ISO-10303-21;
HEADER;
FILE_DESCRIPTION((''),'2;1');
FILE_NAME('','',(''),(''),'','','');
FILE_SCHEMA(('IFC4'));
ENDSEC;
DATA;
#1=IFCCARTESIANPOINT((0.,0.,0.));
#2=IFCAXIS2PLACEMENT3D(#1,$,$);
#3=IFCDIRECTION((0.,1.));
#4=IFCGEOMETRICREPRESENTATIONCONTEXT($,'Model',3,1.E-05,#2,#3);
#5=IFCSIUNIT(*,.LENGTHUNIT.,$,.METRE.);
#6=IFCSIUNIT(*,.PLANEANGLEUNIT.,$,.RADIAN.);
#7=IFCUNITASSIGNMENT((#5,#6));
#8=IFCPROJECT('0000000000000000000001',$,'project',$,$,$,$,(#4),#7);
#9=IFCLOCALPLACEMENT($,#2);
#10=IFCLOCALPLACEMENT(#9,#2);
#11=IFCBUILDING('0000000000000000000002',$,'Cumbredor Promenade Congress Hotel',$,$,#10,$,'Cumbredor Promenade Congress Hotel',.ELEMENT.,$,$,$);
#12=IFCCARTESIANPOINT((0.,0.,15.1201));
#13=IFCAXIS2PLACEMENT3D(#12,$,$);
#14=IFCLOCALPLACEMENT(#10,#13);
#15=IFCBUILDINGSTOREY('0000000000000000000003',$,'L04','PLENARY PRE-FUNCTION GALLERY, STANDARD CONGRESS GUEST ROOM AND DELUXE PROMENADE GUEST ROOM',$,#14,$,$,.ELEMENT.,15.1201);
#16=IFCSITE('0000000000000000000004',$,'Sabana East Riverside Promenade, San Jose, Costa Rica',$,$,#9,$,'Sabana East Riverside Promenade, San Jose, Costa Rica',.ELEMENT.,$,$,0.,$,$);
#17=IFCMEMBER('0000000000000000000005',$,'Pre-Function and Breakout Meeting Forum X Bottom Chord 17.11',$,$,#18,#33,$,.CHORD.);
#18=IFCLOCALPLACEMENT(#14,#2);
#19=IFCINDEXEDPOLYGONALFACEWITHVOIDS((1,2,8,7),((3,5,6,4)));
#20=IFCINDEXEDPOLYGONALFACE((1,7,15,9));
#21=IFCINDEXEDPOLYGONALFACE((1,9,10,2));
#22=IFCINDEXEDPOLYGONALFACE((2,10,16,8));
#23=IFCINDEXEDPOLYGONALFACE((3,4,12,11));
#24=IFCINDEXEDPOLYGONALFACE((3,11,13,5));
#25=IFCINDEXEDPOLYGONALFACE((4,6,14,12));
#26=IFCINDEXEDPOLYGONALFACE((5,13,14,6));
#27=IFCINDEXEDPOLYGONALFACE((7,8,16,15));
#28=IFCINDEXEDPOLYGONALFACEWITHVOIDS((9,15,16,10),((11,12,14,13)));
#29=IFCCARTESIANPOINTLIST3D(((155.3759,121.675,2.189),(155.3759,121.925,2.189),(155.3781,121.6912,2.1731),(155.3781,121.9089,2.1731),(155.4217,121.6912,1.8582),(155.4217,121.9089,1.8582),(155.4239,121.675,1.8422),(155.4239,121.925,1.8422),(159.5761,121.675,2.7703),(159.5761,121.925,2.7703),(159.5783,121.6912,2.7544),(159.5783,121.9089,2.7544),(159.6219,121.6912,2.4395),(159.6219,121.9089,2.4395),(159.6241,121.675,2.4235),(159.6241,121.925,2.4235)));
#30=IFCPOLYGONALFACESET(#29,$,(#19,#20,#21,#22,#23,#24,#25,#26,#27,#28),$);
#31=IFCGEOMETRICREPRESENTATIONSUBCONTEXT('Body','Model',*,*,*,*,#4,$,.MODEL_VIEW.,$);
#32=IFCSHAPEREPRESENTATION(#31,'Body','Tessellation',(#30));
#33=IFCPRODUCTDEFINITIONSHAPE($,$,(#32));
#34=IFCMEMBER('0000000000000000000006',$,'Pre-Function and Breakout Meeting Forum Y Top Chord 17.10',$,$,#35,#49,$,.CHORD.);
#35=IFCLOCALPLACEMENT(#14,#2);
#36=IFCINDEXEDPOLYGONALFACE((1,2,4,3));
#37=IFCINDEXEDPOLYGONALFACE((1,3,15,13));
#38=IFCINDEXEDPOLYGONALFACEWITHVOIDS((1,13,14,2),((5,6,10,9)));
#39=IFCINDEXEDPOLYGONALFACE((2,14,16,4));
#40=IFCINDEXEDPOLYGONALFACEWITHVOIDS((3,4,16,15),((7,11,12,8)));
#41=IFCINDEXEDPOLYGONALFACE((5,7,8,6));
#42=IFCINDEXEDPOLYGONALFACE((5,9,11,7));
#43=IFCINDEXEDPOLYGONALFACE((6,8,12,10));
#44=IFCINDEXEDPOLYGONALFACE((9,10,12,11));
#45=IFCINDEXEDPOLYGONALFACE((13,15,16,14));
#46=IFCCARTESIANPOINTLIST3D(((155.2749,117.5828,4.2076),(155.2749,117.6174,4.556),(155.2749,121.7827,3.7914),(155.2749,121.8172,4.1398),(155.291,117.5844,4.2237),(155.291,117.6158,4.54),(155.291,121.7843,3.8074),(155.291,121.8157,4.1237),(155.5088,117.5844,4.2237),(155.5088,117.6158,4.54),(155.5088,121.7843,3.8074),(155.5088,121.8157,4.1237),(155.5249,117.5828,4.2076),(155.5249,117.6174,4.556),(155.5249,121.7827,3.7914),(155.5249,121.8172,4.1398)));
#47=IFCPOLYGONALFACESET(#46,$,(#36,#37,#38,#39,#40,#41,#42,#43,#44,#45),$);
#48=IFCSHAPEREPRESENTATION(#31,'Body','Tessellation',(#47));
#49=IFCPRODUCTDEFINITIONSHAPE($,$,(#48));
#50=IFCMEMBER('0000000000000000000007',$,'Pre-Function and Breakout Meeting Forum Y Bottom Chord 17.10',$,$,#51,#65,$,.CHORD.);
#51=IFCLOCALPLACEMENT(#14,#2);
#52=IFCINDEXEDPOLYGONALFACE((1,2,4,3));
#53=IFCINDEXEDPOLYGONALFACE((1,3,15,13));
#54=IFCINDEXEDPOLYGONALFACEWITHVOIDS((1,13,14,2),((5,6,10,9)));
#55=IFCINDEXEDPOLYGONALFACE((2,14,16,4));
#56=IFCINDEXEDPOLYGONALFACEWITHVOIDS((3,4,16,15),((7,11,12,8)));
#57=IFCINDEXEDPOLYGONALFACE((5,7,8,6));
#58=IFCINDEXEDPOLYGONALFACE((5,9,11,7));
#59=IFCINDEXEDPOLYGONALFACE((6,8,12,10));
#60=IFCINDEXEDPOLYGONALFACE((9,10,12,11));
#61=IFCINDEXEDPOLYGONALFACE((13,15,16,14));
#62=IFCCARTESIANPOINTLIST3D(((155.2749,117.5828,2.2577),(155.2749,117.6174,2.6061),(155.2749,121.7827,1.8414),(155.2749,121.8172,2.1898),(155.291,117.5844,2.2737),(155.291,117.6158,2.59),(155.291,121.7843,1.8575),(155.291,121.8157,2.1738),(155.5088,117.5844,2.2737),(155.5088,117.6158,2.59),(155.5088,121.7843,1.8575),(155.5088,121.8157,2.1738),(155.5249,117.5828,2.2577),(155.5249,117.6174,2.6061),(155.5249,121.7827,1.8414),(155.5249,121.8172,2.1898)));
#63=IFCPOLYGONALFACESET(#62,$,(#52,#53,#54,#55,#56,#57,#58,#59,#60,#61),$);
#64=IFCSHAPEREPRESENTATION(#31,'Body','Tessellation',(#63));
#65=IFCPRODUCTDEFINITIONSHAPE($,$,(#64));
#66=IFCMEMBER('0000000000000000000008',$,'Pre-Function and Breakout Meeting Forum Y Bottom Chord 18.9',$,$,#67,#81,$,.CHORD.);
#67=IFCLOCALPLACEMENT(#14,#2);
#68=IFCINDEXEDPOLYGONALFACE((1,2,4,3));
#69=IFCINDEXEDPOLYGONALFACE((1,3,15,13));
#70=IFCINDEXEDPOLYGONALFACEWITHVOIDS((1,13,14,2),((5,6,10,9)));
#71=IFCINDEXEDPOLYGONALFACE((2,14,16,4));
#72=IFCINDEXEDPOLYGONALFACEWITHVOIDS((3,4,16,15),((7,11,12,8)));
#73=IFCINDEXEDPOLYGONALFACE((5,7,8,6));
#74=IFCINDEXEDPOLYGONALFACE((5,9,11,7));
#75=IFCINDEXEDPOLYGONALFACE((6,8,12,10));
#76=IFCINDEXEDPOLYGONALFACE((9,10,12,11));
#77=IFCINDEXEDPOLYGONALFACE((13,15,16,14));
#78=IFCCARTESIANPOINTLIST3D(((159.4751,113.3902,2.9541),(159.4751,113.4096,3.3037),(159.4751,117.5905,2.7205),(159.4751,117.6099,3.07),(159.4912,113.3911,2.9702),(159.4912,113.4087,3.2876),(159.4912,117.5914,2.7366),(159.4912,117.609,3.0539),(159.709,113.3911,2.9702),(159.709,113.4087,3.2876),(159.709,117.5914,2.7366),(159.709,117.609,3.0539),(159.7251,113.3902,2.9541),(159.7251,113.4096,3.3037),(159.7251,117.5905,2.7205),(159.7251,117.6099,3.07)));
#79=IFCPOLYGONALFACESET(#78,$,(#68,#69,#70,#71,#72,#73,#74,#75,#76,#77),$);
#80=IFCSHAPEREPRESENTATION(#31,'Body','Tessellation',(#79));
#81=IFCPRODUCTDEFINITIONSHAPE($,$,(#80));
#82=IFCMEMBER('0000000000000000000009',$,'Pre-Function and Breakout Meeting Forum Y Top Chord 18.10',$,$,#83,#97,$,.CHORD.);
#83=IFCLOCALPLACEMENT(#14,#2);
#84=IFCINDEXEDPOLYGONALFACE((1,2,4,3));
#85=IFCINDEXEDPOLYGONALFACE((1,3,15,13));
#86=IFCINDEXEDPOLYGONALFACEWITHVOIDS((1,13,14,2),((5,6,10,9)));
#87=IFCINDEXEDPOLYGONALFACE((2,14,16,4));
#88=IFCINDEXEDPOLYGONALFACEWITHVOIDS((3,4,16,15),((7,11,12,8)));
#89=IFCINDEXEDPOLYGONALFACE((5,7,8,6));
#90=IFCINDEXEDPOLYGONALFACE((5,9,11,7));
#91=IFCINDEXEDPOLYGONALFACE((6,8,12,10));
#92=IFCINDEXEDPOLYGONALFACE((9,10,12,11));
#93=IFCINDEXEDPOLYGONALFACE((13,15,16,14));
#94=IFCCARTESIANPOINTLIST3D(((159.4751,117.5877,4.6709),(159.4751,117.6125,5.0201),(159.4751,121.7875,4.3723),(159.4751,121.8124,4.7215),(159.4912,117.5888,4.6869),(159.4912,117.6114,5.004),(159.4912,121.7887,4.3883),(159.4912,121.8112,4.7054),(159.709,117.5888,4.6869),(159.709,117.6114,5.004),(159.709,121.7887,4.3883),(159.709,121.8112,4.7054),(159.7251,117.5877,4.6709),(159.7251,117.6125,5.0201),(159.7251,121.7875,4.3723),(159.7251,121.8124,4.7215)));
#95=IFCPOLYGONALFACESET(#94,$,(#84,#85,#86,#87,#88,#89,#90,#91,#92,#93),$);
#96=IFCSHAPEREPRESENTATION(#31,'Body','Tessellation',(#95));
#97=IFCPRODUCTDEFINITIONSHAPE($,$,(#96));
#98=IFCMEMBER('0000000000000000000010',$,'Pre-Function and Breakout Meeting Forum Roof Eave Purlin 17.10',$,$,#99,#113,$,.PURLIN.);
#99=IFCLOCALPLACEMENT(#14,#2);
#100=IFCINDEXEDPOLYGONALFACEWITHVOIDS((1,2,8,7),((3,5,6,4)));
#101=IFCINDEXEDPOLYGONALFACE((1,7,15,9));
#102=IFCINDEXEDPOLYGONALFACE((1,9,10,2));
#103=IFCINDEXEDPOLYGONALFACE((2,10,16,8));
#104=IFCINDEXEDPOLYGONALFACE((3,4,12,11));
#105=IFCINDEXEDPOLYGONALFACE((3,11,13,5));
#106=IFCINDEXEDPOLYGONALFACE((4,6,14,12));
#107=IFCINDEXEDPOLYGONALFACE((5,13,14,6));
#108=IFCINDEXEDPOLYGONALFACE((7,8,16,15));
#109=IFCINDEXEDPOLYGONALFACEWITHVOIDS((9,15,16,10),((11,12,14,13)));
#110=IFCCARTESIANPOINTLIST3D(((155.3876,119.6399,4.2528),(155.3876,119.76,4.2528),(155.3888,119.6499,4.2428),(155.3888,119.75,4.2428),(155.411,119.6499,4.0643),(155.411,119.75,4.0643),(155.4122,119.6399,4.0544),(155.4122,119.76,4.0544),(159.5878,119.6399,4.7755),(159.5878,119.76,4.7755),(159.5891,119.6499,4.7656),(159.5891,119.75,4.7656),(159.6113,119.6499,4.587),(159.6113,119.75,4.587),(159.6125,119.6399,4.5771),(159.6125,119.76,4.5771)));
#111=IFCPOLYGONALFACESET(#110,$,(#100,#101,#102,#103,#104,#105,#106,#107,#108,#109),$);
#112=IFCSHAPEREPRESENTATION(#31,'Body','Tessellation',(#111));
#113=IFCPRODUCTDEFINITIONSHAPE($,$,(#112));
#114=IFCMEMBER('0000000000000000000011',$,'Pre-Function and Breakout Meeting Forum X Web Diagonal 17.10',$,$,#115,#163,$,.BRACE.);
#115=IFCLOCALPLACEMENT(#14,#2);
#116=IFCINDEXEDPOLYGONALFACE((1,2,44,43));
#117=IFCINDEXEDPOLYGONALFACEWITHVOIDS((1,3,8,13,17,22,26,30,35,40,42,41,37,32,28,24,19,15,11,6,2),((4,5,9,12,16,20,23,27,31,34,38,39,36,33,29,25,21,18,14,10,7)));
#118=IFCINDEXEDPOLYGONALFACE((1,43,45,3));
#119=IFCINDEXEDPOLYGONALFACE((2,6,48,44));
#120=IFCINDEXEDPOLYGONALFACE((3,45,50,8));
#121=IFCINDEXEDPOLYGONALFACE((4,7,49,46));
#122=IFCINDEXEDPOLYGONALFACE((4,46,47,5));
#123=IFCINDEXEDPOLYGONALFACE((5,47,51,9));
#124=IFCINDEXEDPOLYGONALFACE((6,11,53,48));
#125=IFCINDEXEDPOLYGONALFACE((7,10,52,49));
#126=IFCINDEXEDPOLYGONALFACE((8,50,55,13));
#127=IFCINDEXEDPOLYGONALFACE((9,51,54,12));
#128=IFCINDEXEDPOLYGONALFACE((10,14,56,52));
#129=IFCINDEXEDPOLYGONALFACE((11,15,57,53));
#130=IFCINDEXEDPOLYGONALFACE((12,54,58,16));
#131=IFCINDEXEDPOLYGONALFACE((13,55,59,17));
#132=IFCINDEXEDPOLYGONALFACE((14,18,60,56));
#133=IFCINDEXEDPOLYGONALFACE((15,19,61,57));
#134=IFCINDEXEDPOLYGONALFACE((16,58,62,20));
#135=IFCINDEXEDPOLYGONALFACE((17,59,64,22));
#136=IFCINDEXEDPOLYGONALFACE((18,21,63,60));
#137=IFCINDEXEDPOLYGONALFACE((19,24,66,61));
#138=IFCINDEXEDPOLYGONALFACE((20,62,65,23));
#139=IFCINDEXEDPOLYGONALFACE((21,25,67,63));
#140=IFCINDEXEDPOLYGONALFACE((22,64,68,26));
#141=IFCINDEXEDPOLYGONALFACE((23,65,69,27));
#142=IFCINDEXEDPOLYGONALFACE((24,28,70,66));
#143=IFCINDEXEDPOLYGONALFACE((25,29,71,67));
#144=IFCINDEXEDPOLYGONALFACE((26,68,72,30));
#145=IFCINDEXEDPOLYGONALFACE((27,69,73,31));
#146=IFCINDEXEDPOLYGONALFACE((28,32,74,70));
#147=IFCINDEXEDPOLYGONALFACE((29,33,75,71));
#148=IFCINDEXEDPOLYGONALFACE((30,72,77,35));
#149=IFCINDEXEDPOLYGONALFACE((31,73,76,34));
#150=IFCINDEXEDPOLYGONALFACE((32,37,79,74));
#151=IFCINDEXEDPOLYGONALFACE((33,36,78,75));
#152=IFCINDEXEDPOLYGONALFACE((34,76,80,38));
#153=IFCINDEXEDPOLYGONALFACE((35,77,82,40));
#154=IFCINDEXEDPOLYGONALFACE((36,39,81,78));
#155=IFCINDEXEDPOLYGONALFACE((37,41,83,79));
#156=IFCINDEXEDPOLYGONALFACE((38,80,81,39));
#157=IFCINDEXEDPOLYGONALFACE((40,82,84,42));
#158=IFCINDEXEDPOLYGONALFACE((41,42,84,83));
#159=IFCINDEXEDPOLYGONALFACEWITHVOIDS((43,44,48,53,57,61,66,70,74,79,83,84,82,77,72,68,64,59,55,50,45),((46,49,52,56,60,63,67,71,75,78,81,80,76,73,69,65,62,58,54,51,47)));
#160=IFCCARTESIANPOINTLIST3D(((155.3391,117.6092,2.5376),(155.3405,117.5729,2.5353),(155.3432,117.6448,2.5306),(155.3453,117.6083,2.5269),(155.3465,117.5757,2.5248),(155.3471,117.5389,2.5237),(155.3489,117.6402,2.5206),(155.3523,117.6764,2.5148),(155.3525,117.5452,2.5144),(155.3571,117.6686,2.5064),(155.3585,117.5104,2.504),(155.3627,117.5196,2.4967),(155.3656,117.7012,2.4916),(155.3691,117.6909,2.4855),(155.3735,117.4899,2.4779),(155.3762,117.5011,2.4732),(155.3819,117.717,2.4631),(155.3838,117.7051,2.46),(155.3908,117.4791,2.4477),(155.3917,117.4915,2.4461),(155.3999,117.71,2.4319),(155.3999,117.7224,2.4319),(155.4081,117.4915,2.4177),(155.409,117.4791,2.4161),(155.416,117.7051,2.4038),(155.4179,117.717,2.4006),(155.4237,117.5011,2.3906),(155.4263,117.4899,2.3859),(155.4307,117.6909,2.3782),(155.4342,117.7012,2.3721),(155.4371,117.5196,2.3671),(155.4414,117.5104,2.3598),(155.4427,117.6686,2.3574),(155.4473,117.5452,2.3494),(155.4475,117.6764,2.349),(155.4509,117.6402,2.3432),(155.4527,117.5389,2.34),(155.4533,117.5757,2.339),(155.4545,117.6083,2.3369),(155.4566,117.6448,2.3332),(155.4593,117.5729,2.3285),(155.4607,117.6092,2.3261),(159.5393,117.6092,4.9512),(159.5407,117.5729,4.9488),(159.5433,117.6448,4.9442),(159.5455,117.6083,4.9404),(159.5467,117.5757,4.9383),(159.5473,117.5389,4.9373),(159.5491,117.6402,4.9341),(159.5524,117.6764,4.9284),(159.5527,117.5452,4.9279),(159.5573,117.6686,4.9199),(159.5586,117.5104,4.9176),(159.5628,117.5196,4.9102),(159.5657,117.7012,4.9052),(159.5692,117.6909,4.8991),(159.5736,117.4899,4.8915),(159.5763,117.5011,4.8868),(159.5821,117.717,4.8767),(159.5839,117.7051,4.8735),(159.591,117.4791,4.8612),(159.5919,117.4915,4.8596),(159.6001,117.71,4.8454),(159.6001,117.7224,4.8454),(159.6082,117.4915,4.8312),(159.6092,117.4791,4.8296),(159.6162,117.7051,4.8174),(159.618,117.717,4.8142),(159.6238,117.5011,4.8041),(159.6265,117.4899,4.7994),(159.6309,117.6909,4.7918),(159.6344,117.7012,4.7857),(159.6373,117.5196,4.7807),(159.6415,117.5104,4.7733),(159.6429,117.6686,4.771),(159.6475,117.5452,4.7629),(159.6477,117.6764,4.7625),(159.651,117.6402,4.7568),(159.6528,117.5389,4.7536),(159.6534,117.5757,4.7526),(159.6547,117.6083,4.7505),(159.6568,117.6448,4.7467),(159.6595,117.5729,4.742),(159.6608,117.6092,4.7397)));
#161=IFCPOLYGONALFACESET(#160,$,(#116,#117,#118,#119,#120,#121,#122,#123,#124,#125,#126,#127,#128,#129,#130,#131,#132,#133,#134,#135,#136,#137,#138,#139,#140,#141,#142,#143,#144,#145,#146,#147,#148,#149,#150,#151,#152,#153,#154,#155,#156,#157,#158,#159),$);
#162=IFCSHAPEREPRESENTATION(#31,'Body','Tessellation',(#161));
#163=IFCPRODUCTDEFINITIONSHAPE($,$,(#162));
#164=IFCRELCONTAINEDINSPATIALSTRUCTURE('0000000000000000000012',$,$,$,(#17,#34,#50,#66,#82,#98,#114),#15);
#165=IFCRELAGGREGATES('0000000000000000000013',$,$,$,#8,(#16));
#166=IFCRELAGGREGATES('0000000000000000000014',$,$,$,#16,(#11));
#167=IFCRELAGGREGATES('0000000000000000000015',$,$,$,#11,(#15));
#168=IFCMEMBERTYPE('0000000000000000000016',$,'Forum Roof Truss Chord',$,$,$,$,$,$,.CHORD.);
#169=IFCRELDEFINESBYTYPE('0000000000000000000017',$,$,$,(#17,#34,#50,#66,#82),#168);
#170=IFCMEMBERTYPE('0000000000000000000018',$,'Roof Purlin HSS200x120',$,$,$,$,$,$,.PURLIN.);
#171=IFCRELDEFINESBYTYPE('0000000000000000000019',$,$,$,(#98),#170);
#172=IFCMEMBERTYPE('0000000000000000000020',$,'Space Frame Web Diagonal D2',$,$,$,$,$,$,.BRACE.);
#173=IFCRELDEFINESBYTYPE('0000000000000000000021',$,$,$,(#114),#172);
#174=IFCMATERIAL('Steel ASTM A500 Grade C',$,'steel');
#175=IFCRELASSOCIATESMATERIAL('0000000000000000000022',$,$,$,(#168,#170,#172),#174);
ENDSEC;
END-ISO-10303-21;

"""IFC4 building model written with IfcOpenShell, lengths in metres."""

from ifc_helpers import new_model, si_unit, direction, frame, origin, origin_2d, place, context, subcontext, project, spatial, hollow_rectangle, hollow_circle, extrude, material, material_profile, profile_set, type_object, element, save


model = new_model("IFC4")

# Units and contexts
model_context = context("Model", 3, precision=1e-05, world=origin(), true_north=direction((0.0, 1.0)))
body_context = subcontext(model_context, "Body", "Model", "MODEL_VIEW")
ifc_project = project(units=[si_unit("LENGTHUNIT", "METRE"), si_unit("PLANEANGLEUNIT", "RADIAN")], contexts=[model_context])

# Site, building, storey
site_placement = place(None, origin())
site = spatial("IfcSite", under=ifc_project, at=site_placement, Name="Sabana East Riverside Promenade, San Jose, Costa Rica", LongName="Sabana East Riverside Promenade, San Jose, Costa Rica", CompositionType="ELEMENT", RefElevation=0.0)
building_placement = place(site_placement, origin())
building = spatial("IfcBuilding", under=site, at=building_placement, Name="Cumbredor Promenade Congress Hotel", LongName="Cumbredor Promenade Congress Hotel", CompositionType="ELEMENT")
storey_placement = place(building_placement, frame((0.0, 0.0, 15.1201)))
storey = spatial("IfcBuildingStorey", under=building, at=storey_placement, Name="L04", Description="PLENARY PRE-FUNCTION GALLERY, STANDARD CONGRESS GUEST ROOM AND DELUXE PROMENADE GUEST ROOM", CompositionType="ELEMENT", Elevation=15.1201)

# Members
ifc_material_1 = material(Name="Steel ASTM A500 Grade C", Category="steel")
ifc_material_profile_1 = material_profile(ifc_material_1, hollow_rectangle(XDim=0.25, YDim=0.3501, WallThickness=0.0161, at=origin_2d()), Name="HSS 350x250x16")
ifc_profile_set_1 = profile_set([ifc_material_profile_1], Name="Steel ASTM A500 Grade C")
member_type_1 = type_object("IfcMemberType", Name="Forum Roof Truss Chord", PredefinedType="CHORD", material=ifc_profile_set_1)
for number, where, z_axis, x_axis, name in (
    (1, (155.3999, 121.8, 2.0156), (0.990558, 0.0, 0.137091), (0.0, 1.0, 0.0), "Pre-Function and Breakout Meeting Forum X Bottom Chord 17.11"),
):
    element("IfcMember", number, at=place(storey_placement, frame(where, z_axis=z_axis, x_axis=x_axis)), inside=storey, type_object=member_type_1, Name=name, PredefinedType="CHORD", context=body_context, shape_type="SweptSolid", body=[
        extrude(hollow_rectangle(XDim=0.25, YDim=0.3501, WallThickness=0.0161, at=origin_2d()), origin(), (0.0, 0.0, 1.0), 4.2402),
    ])
for number, where, z_axis, x_axis, name in (
    (2, (155.3999, 117.6001, 4.3818), (0.0, 0.995124, -0.098627), (-1.0, 0.0, 0.0), "Pre-Function and Breakout Meeting Forum Y Top Chord 17.10"),
    (3, (155.3999, 117.6001, 2.4319), (0.0, 0.995124, -0.098627), (-1.0, 0.0, 0.0), "Pre-Function and Breakout Meeting Forum Y Bottom Chord 17.10"),
):
    element("IfcMember", number, at=place(storey_placement, frame(where, z_axis=z_axis, x_axis=x_axis)), inside=storey, type_object=member_type_1, Name=name, PredefinedType="CHORD", context=body_context, shape_type="SweptSolid", body=[
        extrude(hollow_rectangle(XDim=0.25, YDim=0.3501, WallThickness=0.0161, at=origin_2d()), origin(), (0.0, 0.0, 1.0), 4.2205),
    ])
member_1_placement = place(storey_placement, frame((159.6001, 113.3999, 3.1289), z_axis=(0.0, 0.998456, -0.055541), x_axis=(-1.0, 0.0, 0.0)))
element("IfcMember", 4, at=member_1_placement, inside=storey, type_object=member_type_1, Name="Pre-Function and Breakout Meeting Forum Y Bottom Chord 18.9", PredefinedType="CHORD", context=body_context, shape_type="SweptSolid", body=[
    extrude(hollow_rectangle(XDim=0.25, YDim=0.3501, WallThickness=0.0161, at=origin_2d()), origin(), (0.0, 0.0, 1.0), 4.2068),
])
member_2_placement = place(storey_placement, frame((159.6001, 117.6001, 4.8455), z_axis=(0.0, 0.997482, -0.070913), x_axis=(-1.0, 0.0, 0.0)))
element("IfcMember", 5, at=member_2_placement, inside=storey, type_object=member_type_1, Name="Pre-Function and Breakout Meeting Forum Y Top Chord 18.10", PredefinedType="CHORD", context=body_context, shape_type="SweptSolid", body=[
    extrude(hollow_rectangle(XDim=0.25, YDim=0.3501, WallThickness=0.0161, at=origin_2d()), origin(), (0.0, 0.0, 1.0), 4.2104),
])
ifc_material_profile_2 = material_profile(ifc_material_1, hollow_rectangle(XDim=0.1201, YDim=0.2, WallThickness=0.01, at=origin_2d()), Name="HSS 200x120x10")
ifc_profile_set_2 = profile_set([ifc_material_profile_2], Name="Steel ASTM A500 Grade C")
member_type_2 = type_object("IfcMemberType", Name="Roof Purlin HSS200x120", PredefinedType="PURLIN", material=ifc_profile_set_2)
member_3_placement = place(storey_placement, frame((155.3999, 119.7, 4.1536), z_axis=(0.992345, 0.0, 0.123495), x_axis=(0.0, 1.0, 0.0)))
element("IfcMember", 6, at=member_3_placement, inside=storey, type_object=member_type_2, Name="Pre-Function and Breakout Meeting Forum Roof Eave Purlin 17.10", PredefinedType="PURLIN", context=body_context, shape_type="SweptSolid", body=[
    extrude(hollow_rectangle(XDim=0.1201, YDim=0.2, WallThickness=0.01, at=origin_2d()), origin(), (0.0, 0.0, 1.0), 4.2327),
])
ifc_material_profile_3 = material_profile(ifc_material_1, hollow_circle(Radius=0.1223, WallThickness=0.0125, at=origin_2d()), Name="CHS 244.5x12.5")
ifc_profile_set_3 = profile_set([ifc_material_profile_3], Name="Steel ASTM A500 Grade C")
member_type_3 = type_object("IfcMemberType", Name="Space Frame Web Diagonal D2", PredefinedType="BRACE", material=ifc_profile_set_3)
member_4_placement = place(storey_placement, frame((155.3999, 117.6001, 2.4319), z_axis=(0.867043, 0.0, 0.498232), x_axis=(0.0, 1.0, 0.0)))
element("IfcMember", 7, at=member_4_placement, inside=storey, type_object=member_type_3, Name="Pre-Function and Breakout Meeting Forum X Web Diagonal 17.10", PredefinedType="BRACE", context=body_context, shape_type="SweptSolid", body=[
    extrude(hollow_circle(Radius=0.1223, WallThickness=0.0125, at=origin_2d()), origin(), (0.0, 0.0, 1.0), 4.8442),
])

save(model, "model.ifc")
